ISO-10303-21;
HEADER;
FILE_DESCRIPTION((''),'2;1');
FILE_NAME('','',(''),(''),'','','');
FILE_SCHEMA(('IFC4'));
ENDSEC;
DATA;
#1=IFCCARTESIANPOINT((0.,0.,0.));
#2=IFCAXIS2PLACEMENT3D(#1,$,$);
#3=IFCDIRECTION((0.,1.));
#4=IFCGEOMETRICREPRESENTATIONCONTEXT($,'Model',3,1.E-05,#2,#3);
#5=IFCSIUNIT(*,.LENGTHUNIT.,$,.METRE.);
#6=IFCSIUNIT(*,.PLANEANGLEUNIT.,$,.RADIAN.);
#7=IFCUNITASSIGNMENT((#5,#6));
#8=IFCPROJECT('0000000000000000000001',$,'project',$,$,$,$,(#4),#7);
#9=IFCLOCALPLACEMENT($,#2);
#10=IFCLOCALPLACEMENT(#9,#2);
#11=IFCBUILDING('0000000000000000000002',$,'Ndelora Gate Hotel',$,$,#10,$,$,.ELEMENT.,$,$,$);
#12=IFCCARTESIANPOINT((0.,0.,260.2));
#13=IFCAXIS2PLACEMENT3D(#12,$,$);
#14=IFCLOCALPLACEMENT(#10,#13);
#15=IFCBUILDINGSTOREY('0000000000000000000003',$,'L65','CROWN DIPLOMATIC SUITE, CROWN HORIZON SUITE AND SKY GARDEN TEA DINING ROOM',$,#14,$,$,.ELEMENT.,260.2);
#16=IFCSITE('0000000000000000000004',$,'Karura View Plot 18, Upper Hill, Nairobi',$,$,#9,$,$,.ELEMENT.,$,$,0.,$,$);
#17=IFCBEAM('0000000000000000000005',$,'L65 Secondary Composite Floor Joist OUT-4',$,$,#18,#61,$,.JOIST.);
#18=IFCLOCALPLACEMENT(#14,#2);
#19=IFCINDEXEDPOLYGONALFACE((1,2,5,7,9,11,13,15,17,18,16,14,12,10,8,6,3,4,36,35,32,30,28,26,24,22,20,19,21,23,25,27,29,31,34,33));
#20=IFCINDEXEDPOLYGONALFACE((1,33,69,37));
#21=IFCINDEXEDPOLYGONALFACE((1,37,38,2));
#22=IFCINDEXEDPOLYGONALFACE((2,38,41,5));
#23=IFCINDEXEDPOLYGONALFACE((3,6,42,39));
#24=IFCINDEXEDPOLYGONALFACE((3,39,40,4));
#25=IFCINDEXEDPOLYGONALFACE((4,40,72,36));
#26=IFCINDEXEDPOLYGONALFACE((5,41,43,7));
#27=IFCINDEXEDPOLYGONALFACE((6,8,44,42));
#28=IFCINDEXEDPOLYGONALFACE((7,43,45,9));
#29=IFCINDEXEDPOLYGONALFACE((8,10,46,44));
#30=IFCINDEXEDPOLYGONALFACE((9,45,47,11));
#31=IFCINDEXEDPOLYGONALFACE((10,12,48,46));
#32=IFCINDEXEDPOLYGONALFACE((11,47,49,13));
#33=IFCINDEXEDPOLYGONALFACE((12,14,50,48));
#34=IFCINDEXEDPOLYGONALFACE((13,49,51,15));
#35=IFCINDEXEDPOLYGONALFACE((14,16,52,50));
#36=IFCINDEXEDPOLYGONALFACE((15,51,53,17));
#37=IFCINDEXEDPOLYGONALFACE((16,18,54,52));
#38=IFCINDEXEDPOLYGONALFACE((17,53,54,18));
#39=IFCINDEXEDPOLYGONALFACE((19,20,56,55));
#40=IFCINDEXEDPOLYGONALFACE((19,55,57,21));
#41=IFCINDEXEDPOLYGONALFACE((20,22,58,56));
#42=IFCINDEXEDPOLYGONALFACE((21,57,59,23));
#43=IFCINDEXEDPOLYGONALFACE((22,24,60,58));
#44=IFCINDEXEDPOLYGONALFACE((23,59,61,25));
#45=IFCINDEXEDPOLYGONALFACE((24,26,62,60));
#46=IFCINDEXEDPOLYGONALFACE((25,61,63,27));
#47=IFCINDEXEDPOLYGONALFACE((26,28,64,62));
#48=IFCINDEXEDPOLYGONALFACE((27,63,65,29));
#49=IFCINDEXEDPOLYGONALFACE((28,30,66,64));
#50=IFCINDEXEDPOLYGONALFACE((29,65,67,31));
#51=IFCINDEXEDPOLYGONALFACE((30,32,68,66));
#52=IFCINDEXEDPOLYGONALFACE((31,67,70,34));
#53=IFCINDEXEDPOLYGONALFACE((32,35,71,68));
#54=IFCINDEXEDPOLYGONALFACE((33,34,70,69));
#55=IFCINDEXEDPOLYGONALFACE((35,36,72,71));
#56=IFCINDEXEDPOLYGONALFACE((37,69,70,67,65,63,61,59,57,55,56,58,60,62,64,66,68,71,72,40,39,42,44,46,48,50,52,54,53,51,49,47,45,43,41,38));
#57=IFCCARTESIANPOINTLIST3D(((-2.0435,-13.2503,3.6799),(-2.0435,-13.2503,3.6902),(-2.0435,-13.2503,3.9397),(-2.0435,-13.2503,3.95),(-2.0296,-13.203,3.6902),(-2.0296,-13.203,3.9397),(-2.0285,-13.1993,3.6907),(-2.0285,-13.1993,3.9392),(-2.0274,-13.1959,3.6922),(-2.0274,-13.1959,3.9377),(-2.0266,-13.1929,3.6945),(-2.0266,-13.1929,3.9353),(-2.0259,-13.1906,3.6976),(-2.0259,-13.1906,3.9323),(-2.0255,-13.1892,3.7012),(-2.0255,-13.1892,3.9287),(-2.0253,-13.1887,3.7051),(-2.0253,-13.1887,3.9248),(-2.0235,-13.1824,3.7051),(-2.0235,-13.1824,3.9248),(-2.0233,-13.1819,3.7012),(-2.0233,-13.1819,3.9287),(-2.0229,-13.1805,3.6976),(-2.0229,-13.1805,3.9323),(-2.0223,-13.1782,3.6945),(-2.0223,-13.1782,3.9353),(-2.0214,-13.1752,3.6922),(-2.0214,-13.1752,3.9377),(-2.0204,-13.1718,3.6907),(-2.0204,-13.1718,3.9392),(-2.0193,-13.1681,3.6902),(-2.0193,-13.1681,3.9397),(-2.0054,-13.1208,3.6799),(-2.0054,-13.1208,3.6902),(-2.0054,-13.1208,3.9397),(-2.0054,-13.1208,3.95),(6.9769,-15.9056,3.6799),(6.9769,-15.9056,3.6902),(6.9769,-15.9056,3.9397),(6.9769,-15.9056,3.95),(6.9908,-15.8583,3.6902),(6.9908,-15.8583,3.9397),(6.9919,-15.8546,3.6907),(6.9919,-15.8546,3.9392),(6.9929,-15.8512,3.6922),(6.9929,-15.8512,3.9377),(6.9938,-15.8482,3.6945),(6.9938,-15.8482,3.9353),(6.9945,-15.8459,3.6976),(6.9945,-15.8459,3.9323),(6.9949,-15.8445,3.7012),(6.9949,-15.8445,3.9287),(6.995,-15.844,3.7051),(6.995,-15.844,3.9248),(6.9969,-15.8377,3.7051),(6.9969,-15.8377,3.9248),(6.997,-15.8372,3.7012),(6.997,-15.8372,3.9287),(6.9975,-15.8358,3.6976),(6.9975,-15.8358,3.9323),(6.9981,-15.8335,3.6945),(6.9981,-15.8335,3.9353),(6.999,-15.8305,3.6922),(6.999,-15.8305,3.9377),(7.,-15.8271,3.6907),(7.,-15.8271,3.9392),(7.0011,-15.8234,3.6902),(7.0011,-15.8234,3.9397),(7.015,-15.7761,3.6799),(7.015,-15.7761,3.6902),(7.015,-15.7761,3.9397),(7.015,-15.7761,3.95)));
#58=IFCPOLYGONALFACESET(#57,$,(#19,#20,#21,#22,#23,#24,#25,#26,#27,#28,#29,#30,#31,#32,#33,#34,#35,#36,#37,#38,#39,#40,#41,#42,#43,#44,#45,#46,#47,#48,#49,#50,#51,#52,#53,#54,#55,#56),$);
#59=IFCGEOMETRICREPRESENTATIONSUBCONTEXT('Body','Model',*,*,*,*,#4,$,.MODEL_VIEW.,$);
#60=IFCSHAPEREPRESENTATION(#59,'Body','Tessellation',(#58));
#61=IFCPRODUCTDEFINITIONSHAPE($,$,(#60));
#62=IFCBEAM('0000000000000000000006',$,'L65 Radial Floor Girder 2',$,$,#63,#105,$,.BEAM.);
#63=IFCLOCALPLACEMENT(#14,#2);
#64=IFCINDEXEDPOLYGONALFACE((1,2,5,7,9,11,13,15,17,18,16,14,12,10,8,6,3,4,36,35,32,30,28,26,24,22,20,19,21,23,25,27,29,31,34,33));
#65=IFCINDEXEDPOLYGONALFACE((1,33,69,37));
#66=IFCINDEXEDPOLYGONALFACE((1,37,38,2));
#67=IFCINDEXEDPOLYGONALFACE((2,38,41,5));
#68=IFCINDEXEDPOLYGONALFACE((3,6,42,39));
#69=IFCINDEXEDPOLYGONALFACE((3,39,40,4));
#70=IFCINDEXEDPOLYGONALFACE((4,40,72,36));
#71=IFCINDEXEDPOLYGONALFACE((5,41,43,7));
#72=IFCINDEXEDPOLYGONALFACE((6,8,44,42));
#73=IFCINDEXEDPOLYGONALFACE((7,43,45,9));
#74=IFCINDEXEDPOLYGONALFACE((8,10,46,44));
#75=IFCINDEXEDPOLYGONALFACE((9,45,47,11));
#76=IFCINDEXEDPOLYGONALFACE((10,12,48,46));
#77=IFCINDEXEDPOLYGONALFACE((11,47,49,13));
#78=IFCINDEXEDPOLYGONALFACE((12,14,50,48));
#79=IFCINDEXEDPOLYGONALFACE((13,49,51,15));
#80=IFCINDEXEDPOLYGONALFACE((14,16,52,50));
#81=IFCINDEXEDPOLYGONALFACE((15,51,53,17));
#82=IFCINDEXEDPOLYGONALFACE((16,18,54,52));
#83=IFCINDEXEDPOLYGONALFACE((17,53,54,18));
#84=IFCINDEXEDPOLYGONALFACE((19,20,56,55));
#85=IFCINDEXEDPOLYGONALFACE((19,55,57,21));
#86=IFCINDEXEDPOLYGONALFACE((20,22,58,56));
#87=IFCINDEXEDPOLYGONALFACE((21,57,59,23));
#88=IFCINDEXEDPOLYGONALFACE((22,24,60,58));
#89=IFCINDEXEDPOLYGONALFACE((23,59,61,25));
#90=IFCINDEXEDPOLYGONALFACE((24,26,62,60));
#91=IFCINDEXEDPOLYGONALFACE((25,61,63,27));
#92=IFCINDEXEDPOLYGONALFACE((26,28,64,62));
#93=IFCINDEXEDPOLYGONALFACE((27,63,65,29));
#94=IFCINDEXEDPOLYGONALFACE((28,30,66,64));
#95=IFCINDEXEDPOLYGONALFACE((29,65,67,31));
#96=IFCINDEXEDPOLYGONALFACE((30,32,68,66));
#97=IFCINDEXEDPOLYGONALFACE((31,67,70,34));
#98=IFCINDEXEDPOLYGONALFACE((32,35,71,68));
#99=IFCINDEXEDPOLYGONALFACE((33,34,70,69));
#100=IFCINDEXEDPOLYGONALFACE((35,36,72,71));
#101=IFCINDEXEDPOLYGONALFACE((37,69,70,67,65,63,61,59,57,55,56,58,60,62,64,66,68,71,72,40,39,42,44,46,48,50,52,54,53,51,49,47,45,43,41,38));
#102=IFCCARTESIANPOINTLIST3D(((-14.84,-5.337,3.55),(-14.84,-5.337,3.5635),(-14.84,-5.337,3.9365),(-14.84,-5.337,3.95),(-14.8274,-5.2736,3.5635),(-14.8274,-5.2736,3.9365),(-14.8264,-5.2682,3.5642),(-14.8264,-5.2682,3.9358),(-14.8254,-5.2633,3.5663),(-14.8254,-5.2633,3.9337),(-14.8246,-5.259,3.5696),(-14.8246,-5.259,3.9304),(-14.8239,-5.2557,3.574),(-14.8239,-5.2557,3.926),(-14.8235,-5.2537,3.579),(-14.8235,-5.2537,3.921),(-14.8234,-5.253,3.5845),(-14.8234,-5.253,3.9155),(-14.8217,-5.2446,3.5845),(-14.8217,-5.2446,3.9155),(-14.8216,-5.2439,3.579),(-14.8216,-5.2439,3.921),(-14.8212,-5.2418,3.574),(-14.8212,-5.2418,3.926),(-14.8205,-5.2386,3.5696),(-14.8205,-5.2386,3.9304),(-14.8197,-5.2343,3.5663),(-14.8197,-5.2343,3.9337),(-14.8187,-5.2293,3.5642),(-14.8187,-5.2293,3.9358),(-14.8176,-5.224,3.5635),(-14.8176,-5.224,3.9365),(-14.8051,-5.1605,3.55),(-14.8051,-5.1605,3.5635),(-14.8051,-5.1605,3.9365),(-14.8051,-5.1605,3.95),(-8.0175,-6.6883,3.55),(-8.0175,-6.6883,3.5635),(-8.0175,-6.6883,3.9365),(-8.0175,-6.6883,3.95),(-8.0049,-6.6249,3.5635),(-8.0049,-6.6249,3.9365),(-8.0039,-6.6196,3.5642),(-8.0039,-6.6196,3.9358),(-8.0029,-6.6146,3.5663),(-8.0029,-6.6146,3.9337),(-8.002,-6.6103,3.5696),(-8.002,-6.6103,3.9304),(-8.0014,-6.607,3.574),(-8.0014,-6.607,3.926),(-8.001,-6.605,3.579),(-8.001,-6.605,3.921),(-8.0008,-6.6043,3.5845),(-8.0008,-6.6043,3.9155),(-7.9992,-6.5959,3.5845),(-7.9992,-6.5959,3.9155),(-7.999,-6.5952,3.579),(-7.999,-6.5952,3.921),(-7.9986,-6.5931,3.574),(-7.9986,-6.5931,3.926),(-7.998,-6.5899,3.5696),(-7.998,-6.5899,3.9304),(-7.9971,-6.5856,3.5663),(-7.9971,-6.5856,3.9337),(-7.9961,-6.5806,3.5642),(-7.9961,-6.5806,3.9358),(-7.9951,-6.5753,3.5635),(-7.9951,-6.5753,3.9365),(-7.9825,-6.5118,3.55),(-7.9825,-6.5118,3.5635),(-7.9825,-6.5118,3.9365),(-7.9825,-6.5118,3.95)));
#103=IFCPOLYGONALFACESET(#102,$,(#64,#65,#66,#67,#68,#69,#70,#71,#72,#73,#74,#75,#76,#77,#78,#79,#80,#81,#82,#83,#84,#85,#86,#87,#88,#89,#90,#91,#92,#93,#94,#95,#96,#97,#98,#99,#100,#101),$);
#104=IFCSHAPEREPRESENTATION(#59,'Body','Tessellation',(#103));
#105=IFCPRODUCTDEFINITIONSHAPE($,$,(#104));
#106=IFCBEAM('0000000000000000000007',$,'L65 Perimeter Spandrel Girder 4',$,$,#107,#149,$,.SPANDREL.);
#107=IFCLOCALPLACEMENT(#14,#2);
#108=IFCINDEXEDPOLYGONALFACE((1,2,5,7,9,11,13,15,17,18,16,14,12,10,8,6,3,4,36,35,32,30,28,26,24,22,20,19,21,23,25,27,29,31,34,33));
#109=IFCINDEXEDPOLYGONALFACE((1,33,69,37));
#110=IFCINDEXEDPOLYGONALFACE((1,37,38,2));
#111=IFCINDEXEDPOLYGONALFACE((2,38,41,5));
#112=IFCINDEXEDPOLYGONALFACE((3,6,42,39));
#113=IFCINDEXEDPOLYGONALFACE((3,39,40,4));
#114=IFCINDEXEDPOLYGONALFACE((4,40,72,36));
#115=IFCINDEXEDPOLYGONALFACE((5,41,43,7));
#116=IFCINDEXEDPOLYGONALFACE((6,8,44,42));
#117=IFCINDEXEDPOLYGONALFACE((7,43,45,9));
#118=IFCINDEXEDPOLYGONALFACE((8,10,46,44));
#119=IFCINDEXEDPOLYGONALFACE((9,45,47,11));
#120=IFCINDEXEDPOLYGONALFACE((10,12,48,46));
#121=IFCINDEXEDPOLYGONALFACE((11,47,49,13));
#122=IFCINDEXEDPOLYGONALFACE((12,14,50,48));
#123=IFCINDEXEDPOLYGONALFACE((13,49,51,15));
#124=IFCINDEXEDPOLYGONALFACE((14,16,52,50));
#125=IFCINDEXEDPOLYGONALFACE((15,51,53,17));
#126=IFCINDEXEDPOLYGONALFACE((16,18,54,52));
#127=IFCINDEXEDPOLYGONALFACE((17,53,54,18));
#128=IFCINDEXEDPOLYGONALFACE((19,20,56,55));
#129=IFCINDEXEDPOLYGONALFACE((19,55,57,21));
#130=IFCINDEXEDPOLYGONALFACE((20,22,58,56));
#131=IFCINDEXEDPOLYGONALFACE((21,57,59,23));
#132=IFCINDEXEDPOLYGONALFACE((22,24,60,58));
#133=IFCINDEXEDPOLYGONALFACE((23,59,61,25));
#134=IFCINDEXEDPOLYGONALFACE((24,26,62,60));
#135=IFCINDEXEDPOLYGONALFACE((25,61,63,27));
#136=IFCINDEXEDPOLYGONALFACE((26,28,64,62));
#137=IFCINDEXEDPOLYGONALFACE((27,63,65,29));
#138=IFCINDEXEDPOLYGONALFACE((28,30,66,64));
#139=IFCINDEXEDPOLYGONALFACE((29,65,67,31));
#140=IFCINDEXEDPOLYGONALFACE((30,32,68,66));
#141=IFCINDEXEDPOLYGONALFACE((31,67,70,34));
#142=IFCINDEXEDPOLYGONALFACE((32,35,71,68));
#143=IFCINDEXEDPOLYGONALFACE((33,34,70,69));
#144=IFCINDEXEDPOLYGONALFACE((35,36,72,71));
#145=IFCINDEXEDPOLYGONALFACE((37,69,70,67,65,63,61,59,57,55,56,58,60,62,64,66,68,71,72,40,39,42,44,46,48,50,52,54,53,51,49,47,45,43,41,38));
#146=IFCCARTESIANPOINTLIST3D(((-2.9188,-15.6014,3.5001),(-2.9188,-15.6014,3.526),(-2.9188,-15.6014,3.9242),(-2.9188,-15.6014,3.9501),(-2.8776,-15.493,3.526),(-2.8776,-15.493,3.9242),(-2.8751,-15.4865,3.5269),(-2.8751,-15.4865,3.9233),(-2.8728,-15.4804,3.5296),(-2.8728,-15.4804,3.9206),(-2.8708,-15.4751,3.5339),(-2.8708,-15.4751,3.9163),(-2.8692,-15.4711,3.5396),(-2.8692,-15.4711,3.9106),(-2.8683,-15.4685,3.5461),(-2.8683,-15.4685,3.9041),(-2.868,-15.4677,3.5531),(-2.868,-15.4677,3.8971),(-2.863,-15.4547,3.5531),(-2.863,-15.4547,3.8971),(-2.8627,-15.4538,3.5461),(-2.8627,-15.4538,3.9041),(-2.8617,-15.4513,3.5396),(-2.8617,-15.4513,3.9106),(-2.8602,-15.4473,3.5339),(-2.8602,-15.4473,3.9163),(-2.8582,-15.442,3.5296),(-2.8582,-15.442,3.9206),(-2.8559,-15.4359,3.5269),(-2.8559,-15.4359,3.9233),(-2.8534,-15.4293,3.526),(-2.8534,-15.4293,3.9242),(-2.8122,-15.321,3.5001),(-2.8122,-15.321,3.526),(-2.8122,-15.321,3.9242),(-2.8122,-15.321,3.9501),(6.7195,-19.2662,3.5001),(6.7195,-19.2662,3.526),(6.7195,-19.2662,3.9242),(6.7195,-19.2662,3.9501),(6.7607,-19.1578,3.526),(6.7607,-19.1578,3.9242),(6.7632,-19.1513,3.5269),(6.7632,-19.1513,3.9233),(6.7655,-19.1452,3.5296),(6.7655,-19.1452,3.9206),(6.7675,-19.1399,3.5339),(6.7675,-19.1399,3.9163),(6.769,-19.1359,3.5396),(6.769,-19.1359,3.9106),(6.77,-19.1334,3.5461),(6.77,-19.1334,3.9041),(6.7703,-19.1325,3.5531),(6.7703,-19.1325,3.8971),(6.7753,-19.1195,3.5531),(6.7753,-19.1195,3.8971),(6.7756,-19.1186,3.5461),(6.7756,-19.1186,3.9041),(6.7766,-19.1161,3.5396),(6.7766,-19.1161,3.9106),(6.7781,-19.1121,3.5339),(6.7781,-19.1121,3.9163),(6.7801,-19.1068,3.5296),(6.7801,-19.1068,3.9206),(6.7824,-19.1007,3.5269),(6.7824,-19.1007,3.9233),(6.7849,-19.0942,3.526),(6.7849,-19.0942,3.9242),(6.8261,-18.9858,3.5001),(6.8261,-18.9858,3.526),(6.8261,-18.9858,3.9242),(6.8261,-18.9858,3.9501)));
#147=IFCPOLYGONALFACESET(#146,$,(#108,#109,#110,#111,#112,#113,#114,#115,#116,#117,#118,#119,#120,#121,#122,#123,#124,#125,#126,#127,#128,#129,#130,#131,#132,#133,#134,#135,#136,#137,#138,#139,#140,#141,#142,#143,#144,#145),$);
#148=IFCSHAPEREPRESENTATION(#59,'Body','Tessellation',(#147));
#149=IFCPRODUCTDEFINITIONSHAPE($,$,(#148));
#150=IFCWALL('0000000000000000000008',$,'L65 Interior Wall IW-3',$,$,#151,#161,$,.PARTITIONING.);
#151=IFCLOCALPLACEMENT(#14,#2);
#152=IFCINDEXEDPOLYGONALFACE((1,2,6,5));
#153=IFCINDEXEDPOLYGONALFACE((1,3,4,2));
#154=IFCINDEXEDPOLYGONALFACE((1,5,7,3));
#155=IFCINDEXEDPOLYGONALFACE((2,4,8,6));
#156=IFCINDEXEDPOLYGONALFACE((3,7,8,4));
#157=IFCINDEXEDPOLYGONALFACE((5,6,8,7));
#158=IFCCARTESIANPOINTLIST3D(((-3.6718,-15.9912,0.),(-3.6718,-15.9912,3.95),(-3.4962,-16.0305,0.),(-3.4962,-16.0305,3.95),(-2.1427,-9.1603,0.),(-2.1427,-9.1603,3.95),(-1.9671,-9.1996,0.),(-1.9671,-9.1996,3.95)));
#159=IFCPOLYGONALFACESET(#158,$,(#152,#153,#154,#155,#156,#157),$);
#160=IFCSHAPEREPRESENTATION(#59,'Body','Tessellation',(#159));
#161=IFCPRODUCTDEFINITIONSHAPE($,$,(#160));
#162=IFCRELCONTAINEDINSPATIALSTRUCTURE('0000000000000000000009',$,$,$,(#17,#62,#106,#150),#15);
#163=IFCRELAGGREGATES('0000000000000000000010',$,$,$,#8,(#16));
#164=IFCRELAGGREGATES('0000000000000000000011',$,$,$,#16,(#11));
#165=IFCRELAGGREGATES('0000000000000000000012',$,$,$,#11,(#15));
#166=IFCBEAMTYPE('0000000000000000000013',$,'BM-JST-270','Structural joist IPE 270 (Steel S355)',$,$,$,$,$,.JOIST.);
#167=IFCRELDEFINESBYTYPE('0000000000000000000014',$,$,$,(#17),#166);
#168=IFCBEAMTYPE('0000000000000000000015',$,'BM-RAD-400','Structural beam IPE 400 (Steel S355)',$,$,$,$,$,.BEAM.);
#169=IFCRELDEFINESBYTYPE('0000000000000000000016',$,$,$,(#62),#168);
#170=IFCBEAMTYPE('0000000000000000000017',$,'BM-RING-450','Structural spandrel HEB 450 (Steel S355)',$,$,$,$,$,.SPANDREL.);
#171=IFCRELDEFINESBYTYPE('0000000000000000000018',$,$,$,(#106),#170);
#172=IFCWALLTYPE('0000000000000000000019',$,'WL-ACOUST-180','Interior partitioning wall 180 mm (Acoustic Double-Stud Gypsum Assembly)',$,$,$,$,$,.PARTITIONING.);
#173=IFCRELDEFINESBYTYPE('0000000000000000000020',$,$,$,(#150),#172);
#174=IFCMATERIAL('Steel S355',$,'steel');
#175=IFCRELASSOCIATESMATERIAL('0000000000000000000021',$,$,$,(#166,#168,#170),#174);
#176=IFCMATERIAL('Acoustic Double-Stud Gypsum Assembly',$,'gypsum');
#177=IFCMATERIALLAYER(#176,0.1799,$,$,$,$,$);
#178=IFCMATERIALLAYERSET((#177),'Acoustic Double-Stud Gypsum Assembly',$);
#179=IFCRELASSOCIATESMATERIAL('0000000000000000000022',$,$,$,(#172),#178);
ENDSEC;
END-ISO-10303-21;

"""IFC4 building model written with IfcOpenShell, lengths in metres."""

from ifc_helpers import new_model, si_unit, direction, frame, frame_2d, origin, origin_2d, place, context, subcontext, project, spatial, rectangle, i_section, extrude, material, layer, layer_set, material_profile, profile_set, type_object, element, save


model = new_model("IFC4")

# Units and contexts
model_context = context("Model", 3, precision=1e-05, world=origin(), true_north=direction((0.0, 1.0)))
body_context = subcontext(model_context, "Body", "Model", "MODEL_VIEW")
ifc_project = project(units=[si_unit("LENGTHUNIT", "METRE"), si_unit("PLANEANGLEUNIT", "RADIAN")], contexts=[model_context])

# Site, building, storey
site_placement = place(None, origin())
site = spatial("IfcSite", under=ifc_project, at=site_placement, Name="Karura View Plot 18, Upper Hill, Nairobi", CompositionType="ELEMENT", RefElevation=0.0)
building_placement = place(site_placement, origin())
building = spatial("IfcBuilding", under=site, at=building_placement, Name="Ndelora Gate Hotel", CompositionType="ELEMENT")
storey_placement = place(building_placement, frame((0.0, 0.0, 260.2)))
storey = spatial("IfcBuildingStorey", under=building, at=storey_placement, Name="L65", Description="CROWN DIPLOMATIC SUITE, CROWN HORIZON SUITE AND SKY GARDEN TEA DINING ROOM", CompositionType="ELEMENT", Elevation=260.2)

# Beams
ifc_material_1 = material(Name="Steel S355", Category="steel")
ifc_material_profile_1 = material_profile(ifc_material_1, i_section(OverallWidth=0.135, OverallDepth=0.27, WebThickness=0.0066, FlangeThickness=0.0103, FilletRadius=0.0149, at=origin_2d()), Name="IPE 270")
ifc_profile_set_1 = profile_set([ifc_material_profile_1], Name="Steel S355")
beam_type_1 = type_object("IfcBeamType", Name="BM-JST-270", Description="Structural joist IPE 270 (Steel S355)", PredefinedType="JOIST", material=ifc_profile_set_1)
beam_1_placement = place(storey_placement, frame((-2.0244, -13.1855, 3.8149), z_axis=(0.959301, -0.282387, 0.0), x_axis=(0.282387, 0.959301, 0.0)))
element("IfcBeam", 1, at=beam_1_placement, inside=storey, type_object=beam_type_1, Name="L65 Secondary Composite Floor Joist OUT-4", PredefinedType="JOIST", context=body_context, shape_type="SweptSolid", body=[
    extrude(i_section(OverallWidth=0.135, OverallDepth=0.27, WebThickness=0.0066, FlangeThickness=0.0103, FilletRadius=0.0149, at=origin_2d()), origin(), (0.0, 0.0, 1.0), 9.4031),
])
ifc_material_profile_2 = material_profile(ifc_material_1, i_section(OverallWidth=0.1799, OverallDepth=0.3999, WebThickness=0.0085, FlangeThickness=0.0134, FilletRadius=0.021, at=origin_2d()), Name="IPE 400")
ifc_profile_set_2 = profile_set([ifc_material_profile_2], Name="Steel S355")
beam_type_2 = type_object("IfcBeamType", Name="BM-RAD-400", Description="Structural beam IPE 400 (Steel S355)", PredefinedType="BEAM", material=ifc_profile_set_2)
beam_2_placement = place(storey_placement, frame((-8.0, -6.6001, 3.75), z_axis=(-0.980944, 0.194293, 0.0), x_axis=(-0.194293, -0.980944, 0.0)))
element("IfcBeam", 2, at=beam_2_placement, inside=storey, type_object=beam_type_2, Name="L65 Radial Floor Girder 2", PredefinedType="BEAM", context=body_context, shape_type="SweptSolid", body=[
    extrude(i_section(OverallWidth=0.1799, OverallDepth=0.3999, WebThickness=0.0085, FlangeThickness=0.0134, FilletRadius=0.021, at=origin_2d()), origin(), (0.0, 0.0, 1.0), 6.9551),
])
ifc_material_profile_3 = material_profile(ifc_material_1, i_section(OverallWidth=0.3, OverallDepth=0.45, WebThickness=0.0139, FlangeThickness=0.0259, FilletRadius=0.0271, at=origin_2d()), Name="HEB 450")
ifc_profile_set_3 = profile_set([ifc_material_profile_3], Name="Steel S355")
beam_type_3 = type_object("IfcBeamType", Name="BM-RING-450", Description="Structural spandrel HEB 450 (Steel S355)", PredefinedType="SPANDREL", material=ifc_profile_set_3)
beam_3_placement = place(storey_placement, frame((-2.8655, -15.4612, 3.7251), z_axis=(0.93471, -0.355411, 0.0), x_axis=(0.355411, 0.93471, 0.0)))
element("IfcBeam", 3, at=beam_3_placement, inside=storey, type_object=beam_type_3, Name="L65 Perimeter Spandrel Girder 4", PredefinedType="SPANDREL", context=body_context, shape_type="SweptSolid", body=[
    extrude(i_section(OverallWidth=0.3, OverallDepth=0.45, WebThickness=0.0139, FlangeThickness=0.0259, FilletRadius=0.0271, at=origin_2d()), origin(), (0.0, 0.0, 1.0), 10.3115),
])

# Wall
ifc_material_2 = material(Name="Acoustic Double-Stud Gypsum Assembly", Category="gypsum")
ifc_layer_1 = layer(ifc_material_2, 0.1799)
ifc_layer_set_1 = layer_set([ifc_layer_1], Name="Acoustic Double-Stud Gypsum Assembly")
wall_type_1 = type_object("IfcWallType", Name="WL-ACOUST-180", Description="Interior partitioning wall 180 mm (Acoustic Double-Stud Gypsum Assembly)", PredefinedType="PARTITIONING", material=ifc_layer_set_1)
wall_1_placement = place(storey_placement, frame((-2.0549, -9.1799, 0.0), z_axis=(0.0, 0.0, 1.0), x_axis=(-0.218433, -0.975852, 0.0)))
element("IfcWall", 4, at=wall_1_placement, inside=storey, type_object=wall_type_1, Name="L65 Interior Wall IW-3", PredefinedType="PARTITIONING", context=body_context, shape_type="SweptSolid", body=[
    extrude(rectangle(XDim=7.0, YDim=0.1799, at=frame_2d((3.5, 0.0))), origin(), (0.0, 0.0, 1.0), 3.95),
])

save(model, "model.ifc")
